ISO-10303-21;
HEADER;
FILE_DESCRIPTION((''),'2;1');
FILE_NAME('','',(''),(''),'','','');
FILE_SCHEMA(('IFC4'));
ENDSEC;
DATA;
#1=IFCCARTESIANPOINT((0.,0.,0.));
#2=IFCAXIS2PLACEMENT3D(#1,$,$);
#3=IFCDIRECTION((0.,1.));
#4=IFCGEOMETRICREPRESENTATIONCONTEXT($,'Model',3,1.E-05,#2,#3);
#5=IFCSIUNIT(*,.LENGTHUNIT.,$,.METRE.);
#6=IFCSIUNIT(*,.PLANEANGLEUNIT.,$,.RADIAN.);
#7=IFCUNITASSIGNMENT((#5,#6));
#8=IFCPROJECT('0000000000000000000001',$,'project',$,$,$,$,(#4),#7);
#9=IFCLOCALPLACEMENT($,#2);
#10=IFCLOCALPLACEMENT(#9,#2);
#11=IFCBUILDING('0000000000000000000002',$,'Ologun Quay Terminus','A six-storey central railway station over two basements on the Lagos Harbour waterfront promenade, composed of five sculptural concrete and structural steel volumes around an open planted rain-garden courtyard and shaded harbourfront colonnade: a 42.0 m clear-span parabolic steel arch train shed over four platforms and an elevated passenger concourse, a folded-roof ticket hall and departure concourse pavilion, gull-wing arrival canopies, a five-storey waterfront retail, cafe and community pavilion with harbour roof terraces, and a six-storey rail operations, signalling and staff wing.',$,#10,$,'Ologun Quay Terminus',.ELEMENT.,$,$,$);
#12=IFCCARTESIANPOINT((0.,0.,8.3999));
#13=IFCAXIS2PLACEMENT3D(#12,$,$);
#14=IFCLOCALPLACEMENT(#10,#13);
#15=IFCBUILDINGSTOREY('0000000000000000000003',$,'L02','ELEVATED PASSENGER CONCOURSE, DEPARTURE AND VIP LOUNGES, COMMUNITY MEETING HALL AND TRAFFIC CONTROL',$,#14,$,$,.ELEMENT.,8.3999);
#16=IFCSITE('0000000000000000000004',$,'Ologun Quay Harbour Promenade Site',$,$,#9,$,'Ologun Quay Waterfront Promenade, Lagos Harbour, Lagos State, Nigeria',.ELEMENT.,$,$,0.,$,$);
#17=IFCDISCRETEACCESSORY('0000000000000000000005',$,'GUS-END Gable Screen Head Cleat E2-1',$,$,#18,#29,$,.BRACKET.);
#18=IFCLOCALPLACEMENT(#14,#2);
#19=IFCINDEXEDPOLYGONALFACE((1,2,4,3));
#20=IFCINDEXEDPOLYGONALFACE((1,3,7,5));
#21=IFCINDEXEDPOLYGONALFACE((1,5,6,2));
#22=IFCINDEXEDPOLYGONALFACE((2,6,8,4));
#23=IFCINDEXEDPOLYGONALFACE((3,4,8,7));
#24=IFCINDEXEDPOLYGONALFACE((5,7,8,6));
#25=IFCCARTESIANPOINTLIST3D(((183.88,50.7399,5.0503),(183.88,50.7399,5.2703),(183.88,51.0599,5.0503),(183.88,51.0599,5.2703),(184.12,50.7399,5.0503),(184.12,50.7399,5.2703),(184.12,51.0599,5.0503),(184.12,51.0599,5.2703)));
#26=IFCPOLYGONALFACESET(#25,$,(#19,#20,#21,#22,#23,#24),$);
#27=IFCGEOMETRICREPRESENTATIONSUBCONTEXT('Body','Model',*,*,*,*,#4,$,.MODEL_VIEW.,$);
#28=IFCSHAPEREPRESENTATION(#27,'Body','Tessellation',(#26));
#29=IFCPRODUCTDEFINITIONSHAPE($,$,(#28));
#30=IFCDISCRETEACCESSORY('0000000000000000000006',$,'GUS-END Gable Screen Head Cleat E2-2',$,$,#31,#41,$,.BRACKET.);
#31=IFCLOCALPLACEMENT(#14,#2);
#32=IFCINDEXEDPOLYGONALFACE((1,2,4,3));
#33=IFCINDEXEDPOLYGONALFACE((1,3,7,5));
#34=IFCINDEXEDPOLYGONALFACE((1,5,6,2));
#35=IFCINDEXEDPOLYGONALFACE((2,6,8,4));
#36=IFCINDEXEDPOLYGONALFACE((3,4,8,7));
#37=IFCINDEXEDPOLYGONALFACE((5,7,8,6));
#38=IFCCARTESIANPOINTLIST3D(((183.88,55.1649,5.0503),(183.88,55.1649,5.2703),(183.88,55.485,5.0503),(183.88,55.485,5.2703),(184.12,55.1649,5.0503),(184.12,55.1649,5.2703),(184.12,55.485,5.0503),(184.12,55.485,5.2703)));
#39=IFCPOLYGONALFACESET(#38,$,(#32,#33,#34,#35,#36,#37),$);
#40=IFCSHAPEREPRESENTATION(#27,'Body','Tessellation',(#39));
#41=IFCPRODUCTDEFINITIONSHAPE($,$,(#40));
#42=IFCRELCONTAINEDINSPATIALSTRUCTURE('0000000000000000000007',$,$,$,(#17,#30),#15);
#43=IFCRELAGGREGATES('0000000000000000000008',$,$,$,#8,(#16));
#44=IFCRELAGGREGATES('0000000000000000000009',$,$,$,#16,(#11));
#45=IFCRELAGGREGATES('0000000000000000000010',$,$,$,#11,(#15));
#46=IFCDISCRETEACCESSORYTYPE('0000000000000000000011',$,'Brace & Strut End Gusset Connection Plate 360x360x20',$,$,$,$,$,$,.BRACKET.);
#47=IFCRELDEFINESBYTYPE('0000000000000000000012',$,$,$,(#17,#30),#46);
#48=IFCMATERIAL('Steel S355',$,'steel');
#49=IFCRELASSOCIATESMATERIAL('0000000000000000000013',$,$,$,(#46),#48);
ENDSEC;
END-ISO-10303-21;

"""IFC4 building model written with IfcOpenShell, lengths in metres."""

from ifc_helpers import new_model, si_unit, direction, frame, origin, origin_2d, place, context, subcontext, project, spatial, rectangle, extrude, material, type_object, element, save


model = new_model("IFC4")

# Units and contexts
model_context = context("Model", 3, precision=1e-05, world=origin(), true_north=direction((0.0, 1.0)))
body_context = subcontext(model_context, "Body", "Model", "MODEL_VIEW")
ifc_project = project(units=[si_unit("LENGTHUNIT", "METRE"), si_unit("PLANEANGLEUNIT", "RADIAN")], contexts=[model_context])

# Site, building, storey
site_placement = place(None, origin())
site = spatial("IfcSite", under=ifc_project, at=site_placement, Name="Ologun Quay Harbour Promenade Site", LongName="Ologun Quay Waterfront Promenade, Lagos Harbour, Lagos State, Nigeria", CompositionType="ELEMENT", RefElevation=0.0)
building_placement = place(site_placement, origin())
building = spatial("IfcBuilding", under=site, at=building_placement, Name="Ologun Quay Terminus", Description="A six-storey central railway station over two basements on the Lagos Harbour waterfront promenade, composed of five sculptural concrete and structural steel volumes around an open planted rain-garden courtyard and shaded harbourfront colonnade: a 42.0 m clear-span parabolic steel arch train shed over four platforms and an elevated passenger concourse, a folded-roof ticket hall and departure concourse pavilion, gull-wing arrival canopies, a five-storey waterfront retail, cafe and community pavilion with harbour roof terraces, and a six-storey rail operations, signalling and staff wing.", LongName="Ologun Quay Terminus", CompositionType="ELEMENT")
storey_placement = place(building_placement, frame((0.0, 0.0, 8.3999)))
storey = spatial("IfcBuildingStorey", under=building, at=storey_placement, Name="L02", Description="ELEVATED PASSENGER CONCOURSE, DEPARTURE AND VIP LOUNGES, COMMUNITY MEETING HALL AND TRAFFIC CONTROL", CompositionType="ELEMENT", Elevation=8.3999)

# Discrete accessories
ifc_material_1 = material(Name="Steel S355", Category="steel")
discrete_accessory_type = type_object("IfcDiscreteAccessoryType", Name="Brace & Strut End Gusset Connection Plate 360x360x20", PredefinedType="BRACKET", material=ifc_material_1)
for number, where, z_axis, x_axis, name in (
    (1, (184.0, 50.8999, 5.0503), (0.0, 0.0, 1.0), (1.0, 0.0, 0.0), "GUS-END Gable Screen Head Cleat E2-1"),
    (2, (184.0, 55.325, 5.0503), (0.0, 0.0, 1.0), (1.0, 0.0, 0.0), "GUS-END Gable Screen Head Cleat E2-2"),
):
    element("IfcDiscreteAccessory", number, at=place(storey_placement, frame(where, z_axis=z_axis, x_axis=x_axis)), inside=storey, type_object=discrete_accessory_type, Name=name, PredefinedType="BRACKET", context=body_context, shape_type="SweptSolid", body=[
        extrude(rectangle(XDim=0.24, YDim=0.3201, at=origin_2d()), origin(), (0.0, 0.0, 1.0), 0.22),
    ])

save(model, "model.ifc")
